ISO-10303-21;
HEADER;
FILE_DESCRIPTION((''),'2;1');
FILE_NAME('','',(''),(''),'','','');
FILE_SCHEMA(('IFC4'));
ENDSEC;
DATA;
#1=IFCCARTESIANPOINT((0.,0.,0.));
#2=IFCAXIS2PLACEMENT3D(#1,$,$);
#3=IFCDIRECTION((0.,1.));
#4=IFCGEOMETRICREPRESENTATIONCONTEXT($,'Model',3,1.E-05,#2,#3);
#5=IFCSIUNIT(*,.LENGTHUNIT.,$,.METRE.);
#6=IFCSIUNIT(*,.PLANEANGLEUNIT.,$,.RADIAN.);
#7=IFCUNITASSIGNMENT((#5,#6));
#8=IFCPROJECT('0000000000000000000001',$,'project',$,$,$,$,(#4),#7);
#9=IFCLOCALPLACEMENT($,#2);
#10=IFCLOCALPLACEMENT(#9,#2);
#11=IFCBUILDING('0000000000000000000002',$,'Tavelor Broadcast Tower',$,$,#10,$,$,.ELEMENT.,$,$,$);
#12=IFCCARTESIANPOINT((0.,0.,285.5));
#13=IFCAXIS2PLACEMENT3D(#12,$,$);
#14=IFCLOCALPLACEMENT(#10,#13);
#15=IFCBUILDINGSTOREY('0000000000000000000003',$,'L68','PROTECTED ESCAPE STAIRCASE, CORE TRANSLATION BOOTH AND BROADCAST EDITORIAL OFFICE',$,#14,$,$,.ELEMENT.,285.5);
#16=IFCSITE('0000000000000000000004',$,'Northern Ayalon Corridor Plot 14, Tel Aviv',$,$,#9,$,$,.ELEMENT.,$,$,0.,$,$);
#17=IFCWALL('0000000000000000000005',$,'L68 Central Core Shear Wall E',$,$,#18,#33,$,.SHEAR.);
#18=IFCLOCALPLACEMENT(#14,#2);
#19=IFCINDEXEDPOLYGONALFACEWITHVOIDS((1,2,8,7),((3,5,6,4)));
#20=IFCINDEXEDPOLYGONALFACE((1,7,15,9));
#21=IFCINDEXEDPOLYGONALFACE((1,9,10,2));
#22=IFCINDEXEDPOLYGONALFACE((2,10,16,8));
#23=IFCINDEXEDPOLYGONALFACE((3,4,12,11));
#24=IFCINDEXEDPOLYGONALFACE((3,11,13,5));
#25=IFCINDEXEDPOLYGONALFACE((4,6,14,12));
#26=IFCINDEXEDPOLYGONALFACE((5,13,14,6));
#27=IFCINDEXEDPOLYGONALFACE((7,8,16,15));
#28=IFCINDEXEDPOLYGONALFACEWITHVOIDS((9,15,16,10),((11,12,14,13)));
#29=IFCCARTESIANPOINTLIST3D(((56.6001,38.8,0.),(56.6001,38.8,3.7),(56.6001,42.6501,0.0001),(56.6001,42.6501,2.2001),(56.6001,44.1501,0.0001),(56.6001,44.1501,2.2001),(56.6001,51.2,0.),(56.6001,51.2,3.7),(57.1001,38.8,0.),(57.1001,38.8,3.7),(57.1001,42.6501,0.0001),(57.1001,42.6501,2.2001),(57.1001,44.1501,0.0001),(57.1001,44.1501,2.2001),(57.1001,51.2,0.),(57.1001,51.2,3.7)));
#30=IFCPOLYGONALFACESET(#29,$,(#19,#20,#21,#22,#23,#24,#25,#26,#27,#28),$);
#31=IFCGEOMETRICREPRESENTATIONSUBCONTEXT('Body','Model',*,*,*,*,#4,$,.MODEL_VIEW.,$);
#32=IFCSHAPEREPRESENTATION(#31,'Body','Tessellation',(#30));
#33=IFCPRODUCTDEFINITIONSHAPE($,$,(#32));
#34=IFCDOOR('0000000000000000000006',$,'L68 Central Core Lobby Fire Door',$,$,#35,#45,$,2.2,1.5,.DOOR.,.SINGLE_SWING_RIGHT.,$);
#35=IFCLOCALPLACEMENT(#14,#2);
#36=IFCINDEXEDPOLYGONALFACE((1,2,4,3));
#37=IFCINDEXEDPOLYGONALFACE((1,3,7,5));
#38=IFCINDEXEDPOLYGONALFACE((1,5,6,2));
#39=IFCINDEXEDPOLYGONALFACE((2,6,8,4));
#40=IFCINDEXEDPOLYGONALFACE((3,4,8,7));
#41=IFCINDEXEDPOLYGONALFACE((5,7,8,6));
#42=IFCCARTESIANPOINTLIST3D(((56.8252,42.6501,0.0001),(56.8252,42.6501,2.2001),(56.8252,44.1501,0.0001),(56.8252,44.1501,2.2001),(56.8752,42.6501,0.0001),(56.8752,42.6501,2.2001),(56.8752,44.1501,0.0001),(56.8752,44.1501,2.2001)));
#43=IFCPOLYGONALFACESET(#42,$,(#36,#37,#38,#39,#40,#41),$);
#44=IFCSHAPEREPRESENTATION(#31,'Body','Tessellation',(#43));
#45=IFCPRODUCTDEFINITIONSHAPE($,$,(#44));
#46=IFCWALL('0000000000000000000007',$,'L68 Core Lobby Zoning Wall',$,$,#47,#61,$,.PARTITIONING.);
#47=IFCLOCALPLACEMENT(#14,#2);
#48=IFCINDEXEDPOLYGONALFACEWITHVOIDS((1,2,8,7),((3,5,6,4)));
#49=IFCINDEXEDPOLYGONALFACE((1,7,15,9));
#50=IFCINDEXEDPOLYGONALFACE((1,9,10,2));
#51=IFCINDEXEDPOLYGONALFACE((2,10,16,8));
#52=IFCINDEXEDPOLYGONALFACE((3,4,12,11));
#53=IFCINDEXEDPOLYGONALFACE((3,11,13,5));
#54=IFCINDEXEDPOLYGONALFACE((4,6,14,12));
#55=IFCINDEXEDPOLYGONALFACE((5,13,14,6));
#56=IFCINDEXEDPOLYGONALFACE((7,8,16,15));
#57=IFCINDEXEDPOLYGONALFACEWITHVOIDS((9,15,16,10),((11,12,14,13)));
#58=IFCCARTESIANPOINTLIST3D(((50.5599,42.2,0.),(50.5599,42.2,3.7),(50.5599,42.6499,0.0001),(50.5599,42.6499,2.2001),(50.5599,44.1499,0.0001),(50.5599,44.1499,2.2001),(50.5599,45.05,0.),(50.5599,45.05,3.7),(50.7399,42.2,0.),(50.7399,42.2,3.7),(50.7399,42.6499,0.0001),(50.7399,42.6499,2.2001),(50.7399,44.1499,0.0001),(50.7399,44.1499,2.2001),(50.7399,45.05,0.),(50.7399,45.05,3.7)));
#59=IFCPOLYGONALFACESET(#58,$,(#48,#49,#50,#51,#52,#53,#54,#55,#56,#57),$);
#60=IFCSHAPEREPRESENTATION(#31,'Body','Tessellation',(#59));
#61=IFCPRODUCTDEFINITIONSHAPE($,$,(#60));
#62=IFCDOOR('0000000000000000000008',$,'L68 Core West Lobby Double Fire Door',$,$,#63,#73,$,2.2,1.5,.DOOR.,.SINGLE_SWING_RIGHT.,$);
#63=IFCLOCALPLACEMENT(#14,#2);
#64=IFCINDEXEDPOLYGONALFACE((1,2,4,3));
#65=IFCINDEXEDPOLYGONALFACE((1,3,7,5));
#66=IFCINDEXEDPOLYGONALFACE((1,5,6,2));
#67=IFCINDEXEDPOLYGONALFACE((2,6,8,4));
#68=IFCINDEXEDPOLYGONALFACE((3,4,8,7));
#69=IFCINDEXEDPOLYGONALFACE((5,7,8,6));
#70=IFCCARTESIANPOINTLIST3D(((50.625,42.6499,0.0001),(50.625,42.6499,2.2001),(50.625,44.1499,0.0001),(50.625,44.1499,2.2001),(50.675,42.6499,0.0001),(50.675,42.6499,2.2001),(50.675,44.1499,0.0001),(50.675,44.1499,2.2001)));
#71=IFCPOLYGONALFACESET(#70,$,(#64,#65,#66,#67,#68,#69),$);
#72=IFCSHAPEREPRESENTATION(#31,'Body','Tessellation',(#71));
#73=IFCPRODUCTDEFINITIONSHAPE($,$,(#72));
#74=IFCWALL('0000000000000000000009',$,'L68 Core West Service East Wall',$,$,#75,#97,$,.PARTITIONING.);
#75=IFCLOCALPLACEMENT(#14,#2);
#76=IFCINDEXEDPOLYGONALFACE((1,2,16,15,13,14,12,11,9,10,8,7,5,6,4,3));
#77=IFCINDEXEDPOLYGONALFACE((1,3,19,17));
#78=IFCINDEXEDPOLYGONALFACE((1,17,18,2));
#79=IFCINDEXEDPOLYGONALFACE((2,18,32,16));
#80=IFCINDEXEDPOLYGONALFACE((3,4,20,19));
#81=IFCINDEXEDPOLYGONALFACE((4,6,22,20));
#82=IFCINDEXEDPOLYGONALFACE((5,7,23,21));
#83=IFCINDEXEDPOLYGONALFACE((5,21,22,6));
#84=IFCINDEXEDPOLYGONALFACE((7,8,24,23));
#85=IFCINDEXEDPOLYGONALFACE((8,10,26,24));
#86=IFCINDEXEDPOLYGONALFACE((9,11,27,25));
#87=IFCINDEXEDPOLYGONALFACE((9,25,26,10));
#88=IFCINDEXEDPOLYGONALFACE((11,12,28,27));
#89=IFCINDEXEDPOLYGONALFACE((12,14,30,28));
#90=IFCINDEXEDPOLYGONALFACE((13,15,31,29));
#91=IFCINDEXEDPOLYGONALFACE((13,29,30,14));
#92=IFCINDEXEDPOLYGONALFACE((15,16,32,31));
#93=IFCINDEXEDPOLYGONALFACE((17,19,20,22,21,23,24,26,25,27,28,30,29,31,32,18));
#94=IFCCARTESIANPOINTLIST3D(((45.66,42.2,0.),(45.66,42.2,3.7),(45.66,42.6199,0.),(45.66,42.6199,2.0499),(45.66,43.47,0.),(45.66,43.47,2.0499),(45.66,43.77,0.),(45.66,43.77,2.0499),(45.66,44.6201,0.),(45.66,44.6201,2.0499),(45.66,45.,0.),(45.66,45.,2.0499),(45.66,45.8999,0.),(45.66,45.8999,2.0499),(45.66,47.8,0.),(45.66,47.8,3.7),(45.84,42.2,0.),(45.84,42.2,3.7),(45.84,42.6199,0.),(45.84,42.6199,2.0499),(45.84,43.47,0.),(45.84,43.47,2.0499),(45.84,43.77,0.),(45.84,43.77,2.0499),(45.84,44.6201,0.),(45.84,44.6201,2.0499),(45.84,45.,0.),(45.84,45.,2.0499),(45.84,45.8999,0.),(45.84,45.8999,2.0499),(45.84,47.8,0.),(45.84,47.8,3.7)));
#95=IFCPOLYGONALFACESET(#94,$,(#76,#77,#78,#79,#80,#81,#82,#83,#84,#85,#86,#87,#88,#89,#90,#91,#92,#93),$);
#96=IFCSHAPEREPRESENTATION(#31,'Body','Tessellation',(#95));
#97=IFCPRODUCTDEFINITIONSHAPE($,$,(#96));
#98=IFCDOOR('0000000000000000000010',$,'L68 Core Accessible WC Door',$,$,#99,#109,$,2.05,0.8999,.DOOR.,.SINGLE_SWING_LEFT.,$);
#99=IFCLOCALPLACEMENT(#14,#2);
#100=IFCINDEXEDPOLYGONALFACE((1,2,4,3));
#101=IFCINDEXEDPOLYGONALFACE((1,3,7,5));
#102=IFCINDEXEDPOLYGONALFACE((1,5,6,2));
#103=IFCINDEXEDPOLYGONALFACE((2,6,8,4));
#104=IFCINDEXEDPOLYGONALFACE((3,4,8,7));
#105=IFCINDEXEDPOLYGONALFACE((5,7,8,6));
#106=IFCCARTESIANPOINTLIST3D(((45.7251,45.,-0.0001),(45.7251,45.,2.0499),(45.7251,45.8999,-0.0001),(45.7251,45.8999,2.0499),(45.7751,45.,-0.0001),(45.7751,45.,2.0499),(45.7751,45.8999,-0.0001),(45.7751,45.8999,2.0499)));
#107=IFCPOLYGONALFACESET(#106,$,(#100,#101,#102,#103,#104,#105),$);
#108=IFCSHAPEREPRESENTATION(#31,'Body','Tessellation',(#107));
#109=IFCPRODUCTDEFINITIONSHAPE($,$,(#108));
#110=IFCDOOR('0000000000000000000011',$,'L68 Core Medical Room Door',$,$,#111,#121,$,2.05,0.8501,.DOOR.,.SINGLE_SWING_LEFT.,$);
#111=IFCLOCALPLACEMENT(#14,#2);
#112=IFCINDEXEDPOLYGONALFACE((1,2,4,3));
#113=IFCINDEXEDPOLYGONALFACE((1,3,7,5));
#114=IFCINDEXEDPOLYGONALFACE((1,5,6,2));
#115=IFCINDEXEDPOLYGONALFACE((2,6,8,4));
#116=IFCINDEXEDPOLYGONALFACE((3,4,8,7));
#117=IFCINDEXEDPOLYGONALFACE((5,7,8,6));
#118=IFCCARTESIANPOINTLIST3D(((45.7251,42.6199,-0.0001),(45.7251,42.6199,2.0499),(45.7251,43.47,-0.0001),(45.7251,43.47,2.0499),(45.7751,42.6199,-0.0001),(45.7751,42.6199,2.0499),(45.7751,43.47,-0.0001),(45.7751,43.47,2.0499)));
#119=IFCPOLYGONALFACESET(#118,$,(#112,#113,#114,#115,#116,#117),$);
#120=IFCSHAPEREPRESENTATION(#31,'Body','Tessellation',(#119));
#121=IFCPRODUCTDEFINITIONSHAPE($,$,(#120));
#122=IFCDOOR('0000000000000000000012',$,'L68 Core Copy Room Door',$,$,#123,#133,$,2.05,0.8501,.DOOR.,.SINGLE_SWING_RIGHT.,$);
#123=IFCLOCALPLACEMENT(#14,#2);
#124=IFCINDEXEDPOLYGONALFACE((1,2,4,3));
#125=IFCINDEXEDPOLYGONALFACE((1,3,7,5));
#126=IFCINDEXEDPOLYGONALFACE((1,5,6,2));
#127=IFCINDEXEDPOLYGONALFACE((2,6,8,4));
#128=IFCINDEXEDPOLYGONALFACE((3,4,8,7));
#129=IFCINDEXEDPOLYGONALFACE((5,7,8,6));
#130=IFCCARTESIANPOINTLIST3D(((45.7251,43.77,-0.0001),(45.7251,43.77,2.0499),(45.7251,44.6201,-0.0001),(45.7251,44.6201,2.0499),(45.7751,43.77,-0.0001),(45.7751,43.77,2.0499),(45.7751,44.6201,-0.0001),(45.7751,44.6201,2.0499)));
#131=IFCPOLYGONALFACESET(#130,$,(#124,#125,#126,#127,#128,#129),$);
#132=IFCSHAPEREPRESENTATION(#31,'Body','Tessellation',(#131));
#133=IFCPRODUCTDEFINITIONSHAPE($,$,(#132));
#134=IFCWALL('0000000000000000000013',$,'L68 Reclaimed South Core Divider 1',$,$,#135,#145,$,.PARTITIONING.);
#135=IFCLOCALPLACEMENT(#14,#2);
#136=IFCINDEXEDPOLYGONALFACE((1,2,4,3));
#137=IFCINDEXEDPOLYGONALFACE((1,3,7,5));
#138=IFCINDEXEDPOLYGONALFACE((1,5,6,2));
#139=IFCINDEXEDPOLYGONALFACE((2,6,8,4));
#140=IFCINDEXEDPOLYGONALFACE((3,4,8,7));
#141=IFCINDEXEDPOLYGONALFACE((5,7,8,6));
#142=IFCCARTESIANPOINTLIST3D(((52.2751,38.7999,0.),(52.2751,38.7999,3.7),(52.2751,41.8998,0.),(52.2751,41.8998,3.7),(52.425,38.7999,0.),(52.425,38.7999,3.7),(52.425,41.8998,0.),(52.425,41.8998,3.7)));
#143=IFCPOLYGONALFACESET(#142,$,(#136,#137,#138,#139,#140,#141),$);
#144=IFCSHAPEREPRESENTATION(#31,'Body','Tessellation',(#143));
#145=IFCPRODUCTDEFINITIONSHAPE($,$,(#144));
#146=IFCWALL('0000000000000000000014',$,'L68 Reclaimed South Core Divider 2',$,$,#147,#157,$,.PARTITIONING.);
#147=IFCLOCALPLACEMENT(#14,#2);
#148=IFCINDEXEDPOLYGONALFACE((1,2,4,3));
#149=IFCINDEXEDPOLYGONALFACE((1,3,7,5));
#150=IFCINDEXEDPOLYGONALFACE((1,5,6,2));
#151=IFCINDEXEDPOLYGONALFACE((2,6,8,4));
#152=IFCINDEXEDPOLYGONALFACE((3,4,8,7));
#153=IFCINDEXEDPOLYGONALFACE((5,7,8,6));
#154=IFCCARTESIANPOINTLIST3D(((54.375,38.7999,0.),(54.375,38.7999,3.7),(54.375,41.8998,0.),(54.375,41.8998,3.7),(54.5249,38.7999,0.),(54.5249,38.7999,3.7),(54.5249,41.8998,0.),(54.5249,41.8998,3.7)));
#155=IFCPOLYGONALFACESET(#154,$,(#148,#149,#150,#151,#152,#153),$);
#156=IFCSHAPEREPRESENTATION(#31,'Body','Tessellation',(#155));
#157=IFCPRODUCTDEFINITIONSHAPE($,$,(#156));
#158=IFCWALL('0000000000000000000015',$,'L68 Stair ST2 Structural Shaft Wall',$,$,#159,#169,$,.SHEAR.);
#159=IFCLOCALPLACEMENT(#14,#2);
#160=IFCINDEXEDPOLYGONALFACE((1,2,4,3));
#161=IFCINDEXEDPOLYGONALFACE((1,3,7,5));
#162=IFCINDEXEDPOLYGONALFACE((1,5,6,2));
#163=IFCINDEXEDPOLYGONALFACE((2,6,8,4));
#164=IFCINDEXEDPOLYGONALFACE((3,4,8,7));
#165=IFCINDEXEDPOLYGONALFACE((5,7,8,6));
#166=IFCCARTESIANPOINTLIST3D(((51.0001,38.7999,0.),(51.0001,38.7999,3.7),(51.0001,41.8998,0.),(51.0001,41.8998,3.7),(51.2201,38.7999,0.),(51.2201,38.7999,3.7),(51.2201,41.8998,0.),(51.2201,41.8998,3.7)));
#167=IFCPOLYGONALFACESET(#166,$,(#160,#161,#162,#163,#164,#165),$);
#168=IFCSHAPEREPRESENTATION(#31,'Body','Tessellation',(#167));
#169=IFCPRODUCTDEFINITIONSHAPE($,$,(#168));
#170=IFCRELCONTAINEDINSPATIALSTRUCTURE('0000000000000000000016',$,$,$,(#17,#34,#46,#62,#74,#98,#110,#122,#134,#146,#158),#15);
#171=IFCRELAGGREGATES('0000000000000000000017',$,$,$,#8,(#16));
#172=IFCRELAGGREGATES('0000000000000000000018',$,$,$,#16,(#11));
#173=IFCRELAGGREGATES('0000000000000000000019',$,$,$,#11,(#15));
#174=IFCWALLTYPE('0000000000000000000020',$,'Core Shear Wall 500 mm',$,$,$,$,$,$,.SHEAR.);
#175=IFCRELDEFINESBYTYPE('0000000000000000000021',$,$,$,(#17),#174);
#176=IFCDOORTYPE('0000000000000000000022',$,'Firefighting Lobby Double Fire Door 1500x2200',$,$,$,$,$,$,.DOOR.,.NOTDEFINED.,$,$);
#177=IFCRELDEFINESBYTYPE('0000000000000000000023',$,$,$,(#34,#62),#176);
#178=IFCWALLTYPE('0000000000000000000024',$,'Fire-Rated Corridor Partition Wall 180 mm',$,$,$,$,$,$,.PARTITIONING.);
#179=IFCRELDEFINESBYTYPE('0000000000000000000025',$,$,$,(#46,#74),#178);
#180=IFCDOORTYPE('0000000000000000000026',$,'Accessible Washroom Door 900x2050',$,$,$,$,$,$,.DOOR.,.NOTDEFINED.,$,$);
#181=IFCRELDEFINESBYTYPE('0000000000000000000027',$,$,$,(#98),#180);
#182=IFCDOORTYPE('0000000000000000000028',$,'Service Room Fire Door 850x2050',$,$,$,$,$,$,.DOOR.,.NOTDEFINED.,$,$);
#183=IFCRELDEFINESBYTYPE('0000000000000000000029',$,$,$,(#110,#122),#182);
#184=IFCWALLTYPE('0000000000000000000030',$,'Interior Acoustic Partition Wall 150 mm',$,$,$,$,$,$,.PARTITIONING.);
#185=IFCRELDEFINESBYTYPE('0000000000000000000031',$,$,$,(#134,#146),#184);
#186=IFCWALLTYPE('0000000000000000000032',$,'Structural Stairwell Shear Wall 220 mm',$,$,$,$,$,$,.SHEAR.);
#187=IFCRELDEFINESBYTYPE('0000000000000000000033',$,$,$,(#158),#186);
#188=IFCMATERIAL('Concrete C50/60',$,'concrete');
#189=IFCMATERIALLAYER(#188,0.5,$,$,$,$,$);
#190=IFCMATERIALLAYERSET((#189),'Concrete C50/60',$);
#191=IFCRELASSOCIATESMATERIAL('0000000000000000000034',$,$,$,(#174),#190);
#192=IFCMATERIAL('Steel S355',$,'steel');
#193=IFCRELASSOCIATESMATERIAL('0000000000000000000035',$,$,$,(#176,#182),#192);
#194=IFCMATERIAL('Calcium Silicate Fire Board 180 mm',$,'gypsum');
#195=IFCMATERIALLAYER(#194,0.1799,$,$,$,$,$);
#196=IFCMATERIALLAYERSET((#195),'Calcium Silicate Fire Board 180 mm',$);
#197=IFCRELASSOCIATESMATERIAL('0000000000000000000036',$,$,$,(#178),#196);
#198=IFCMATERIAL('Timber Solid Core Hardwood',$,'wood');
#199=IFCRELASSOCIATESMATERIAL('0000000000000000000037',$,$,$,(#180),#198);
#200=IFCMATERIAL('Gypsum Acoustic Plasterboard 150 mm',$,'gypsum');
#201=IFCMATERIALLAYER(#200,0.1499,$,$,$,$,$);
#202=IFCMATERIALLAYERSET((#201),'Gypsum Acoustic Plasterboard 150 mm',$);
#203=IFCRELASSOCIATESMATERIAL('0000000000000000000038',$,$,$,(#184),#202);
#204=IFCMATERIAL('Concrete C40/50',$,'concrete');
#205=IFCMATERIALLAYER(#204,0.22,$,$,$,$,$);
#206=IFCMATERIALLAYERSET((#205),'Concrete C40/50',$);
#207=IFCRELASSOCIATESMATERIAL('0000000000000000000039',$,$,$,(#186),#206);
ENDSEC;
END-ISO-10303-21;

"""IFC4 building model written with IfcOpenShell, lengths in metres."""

from ifc_helpers import new_model, si_unit, direction, frame, frame_2d, origin, place, context, subcontext, project, spatial, rectangle, extrude, material, layer, layer_set, type_object, element, fill, save


model = new_model("IFC4")

# Units and contexts
model_context = context("Model", 3, precision=1e-05, world=origin(), true_north=direction((0.0, 1.0)))
body_context = subcontext(model_context, "Body", "Model", "MODEL_VIEW")
ifc_project = project(units=[si_unit("LENGTHUNIT", "METRE"), si_unit("PLANEANGLEUNIT", "RADIAN")], contexts=[model_context])

# Site, building, storey
site_placement = place(None, origin())
site = spatial("IfcSite", under=ifc_project, at=site_placement, Name="Northern Ayalon Corridor Plot 14, Tel Aviv", CompositionType="ELEMENT", RefElevation=0.0)
building_placement = place(site_placement, origin())
building = spatial("IfcBuilding", under=site, at=building_placement, Name="Tavelor Broadcast Tower", CompositionType="ELEMENT")
storey_placement = place(building_placement, frame((0.0, 0.0, 285.5)))
storey = spatial("IfcBuildingStorey", under=building, at=storey_placement, Name="L68", Description="PROTECTED ESCAPE STAIRCASE, CORE TRANSLATION BOOTH AND BROADCAST EDITORIAL OFFICE", CompositionType="ELEMENT", Elevation=285.5)

# Shared definitions
ifc_material_1 = material(Name="Concrete C50/60", Category="concrete")

# Shared definitions
ifc_material_2 = material(Name="Concrete C40/50", Category="concrete")
ifc_material_3 = material(Name="Steel S355", Category="steel")

# Walls, openings, doors
ifc_layer_1 = layer(ifc_material_1, 0.5)
ifc_layer_set_1 = layer_set([ifc_layer_1], Name="Concrete C50/60")
wall_type_1 = type_object("IfcWallType", Name="Core Shear Wall 500 mm", PredefinedType="SHEAR", material=ifc_layer_set_1)
wall_1_placement = place(storey_placement, frame((56.8501, 38.8, 0.0), z_axis=(0.0, 0.0, 1.0), x_axis=(0.0, 1.0, 0.0)))
wall_1 = element("IfcWall", 1, at=wall_1_placement, inside=storey, type_object=wall_type_1, Name="L68 Central Core Shear Wall E", PredefinedType="SHEAR", context=body_context, shape_type="SweptSolid", body=[
    extrude(rectangle(XDim=12.3999, YDim=0.5, at=frame_2d((6.2, 0.0))), origin(), (0.0, 0.0, 1.0), 3.7),
])
opening_1_placement = place(wall_1_placement, frame((3.8501, 0.0, 0.0)))
opening_1 = element("IfcOpeningElement", 2, at=opening_1_placement, cuts=wall_1, PredefinedType="OPENING", context=body_context, shape_type="SweptSolid", body=[
    extrude(rectangle(XDim=1.5, YDim=2.2, at=frame_2d((0.75, 1.1001))), frame((0.0, 0.26, 0.0), z_axis=(0.0, -1.0, 0.0), x_axis=(1.0, 0.0, 0.0)), (0.0, 0.0, 1.0), 0.52),
])
door_type_1 = type_object("IfcDoorType", Name="Firefighting Lobby Double Fire Door 1500x2200", OperationType="NOTDEFINED", PredefinedType="DOOR", material=ifc_material_3)
door_1_placement = place(opening_1_placement, origin())
door_1 = element("IfcDoor", 3, at=door_1_placement, inside=storey, type_object=door_type_1, Name="L68 Central Core Lobby Fire Door", OperationType="SINGLE_SWING_RIGHT", OverallHeight=2.2, OverallWidth=1.5, PredefinedType="DOOR", context=body_context, shape_type="SweptSolid", body=[
    extrude(rectangle(XDim=1.5, YDim=2.2, at=frame_2d((0.75, 1.1001))), frame((0.0, 0.0249, 0.0), z_axis=(0.0, -1.0, 0.0), x_axis=(1.0, 0.0, 0.0)), (0.0, 0.0, 1.0), 0.05),
])
fill(opening_1, door_1)
ifc_material_4 = material(Name="Calcium Silicate Fire Board 180 mm", Category="gypsum")
ifc_layer_2 = layer(ifc_material_4, 0.1799)
ifc_layer_set_2 = layer_set([ifc_layer_2], Name="Calcium Silicate Fire Board 180 mm")
wall_type_2 = type_object("IfcWallType", Name="Fire-Rated Corridor Partition Wall 180 mm", PredefinedType="PARTITIONING", material=ifc_layer_set_2)
wall_2_placement = place(storey_placement, frame((50.6499, 42.2, 0.0), z_axis=(0.0, 0.0, 1.0), x_axis=(0.0, 1.0, 0.0)))
wall_2 = element("IfcWall", 4, at=wall_2_placement, inside=storey, type_object=wall_type_2, Name="L68 Core Lobby Zoning Wall", PredefinedType="PARTITIONING", context=body_context, shape_type="SweptSolid", body=[
    extrude(rectangle(XDim=2.8501, YDim=0.1799, at=frame_2d((1.425, 0.0))), origin(), (0.0, 0.0, 1.0), 3.7),
])
opening_2_placement = place(wall_2_placement, frame((0.45, 0.0, 0.0)))
opening_2 = element("IfcOpeningElement", 5, at=opening_2_placement, cuts=wall_2, PredefinedType="OPENING", context=body_context, shape_type="SweptSolid", body=[
    extrude(rectangle(XDim=1.5, YDim=2.2, at=frame_2d((0.75, 1.1001))), frame((0.0, 0.1001, 0.0), z_axis=(0.0, -1.0, 0.0), x_axis=(1.0, 0.0, 0.0)), (0.0, 0.0, 1.0), 0.2),
])
door_2_placement = place(opening_2_placement, origin())
door_2 = element("IfcDoor", 6, at=door_2_placement, inside=storey, type_object=door_type_1, Name="L68 Core West Lobby Double Fire Door", OperationType="SINGLE_SWING_RIGHT", OverallHeight=2.2, OverallWidth=1.5, PredefinedType="DOOR", context=body_context, shape_type="SweptSolid", body=[
    extrude(rectangle(XDim=1.5, YDim=2.2, at=frame_2d((0.75, 1.1001))), frame((0.0, 0.0249, 0.0), z_axis=(0.0, -1.0, 0.0), x_axis=(1.0, 0.0, 0.0)), (0.0, 0.0, 1.0), 0.05),
])
fill(opening_2, door_2)

# Wall, openings, doors
wall_3_placement = place(storey_placement, frame((45.75, 42.2, 0.0), z_axis=(0.0, 0.0, 1.0), x_axis=(0.0, 1.0, 0.0)))
wall_3 = element("IfcWall", 7, at=wall_3_placement, inside=storey, type_object=wall_type_2, Name="L68 Core West Service East Wall", PredefinedType="PARTITIONING", context=body_context, shape_type="SweptSolid", body=[
    extrude(rectangle(XDim=5.6001, YDim=0.1799, at=frame_2d((2.8, 0.0))), origin(), (0.0, 0.0, 1.0), 3.7),
])
opening_3_placement = place(wall_3_placement, frame((0.4199, 0.0, 0.0)))
opening_3 = element("IfcOpeningElement", 8, at=opening_3_placement, cuts=wall_3, PredefinedType="OPENING", context=body_context, shape_type="SweptSolid", body=[
    extrude(rectangle(XDim=0.8501, YDim=2.05, at=frame_2d((0.425, 1.0249))), frame((0.0, 0.1001, 0.0), z_axis=(0.0, -1.0, 0.0), x_axis=(1.0, 0.0, 0.0)), (0.0, 0.0, 1.0), 0.2),
])
opening_4_placement = place(wall_3_placement, frame((1.5701, 0.0, 0.0)))
opening_4 = element("IfcOpeningElement", 9, at=opening_4_placement, cuts=wall_3, PredefinedType="OPENING", context=body_context, shape_type="SweptSolid", body=[
    extrude(rectangle(XDim=0.8501, YDim=2.05, at=frame_2d((0.425, 1.0249))), frame((0.0, 0.1001, 0.0), z_axis=(0.0, -1.0, 0.0), x_axis=(1.0, 0.0, 0.0)), (0.0, 0.0, 1.0), 0.2),
])
opening_5_placement = place(wall_3_placement, frame((2.8, 0.0, 0.0)))
opening_5 = element("IfcOpeningElement", 10, at=opening_5_placement, cuts=wall_3, PredefinedType="OPENING", context=body_context, shape_type="SweptSolid", body=[
    extrude(rectangle(XDim=0.8999, YDim=2.05, at=frame_2d((0.45, 1.0249))), frame((0.0, 0.1001, 0.0), z_axis=(0.0, -1.0, 0.0), x_axis=(1.0, 0.0, 0.0)), (0.0, 0.0, 1.0), 0.2),
])
ifc_material_5 = material(Name="Timber Solid Core Hardwood", Category="wood")
door_type_2 = type_object("IfcDoorType", Name="Accessible Washroom Door 900x2050", OperationType="NOTDEFINED", PredefinedType="DOOR", material=ifc_material_5)
door_3_placement = place(opening_5_placement, origin())
door_3 = element("IfcDoor", 11, at=door_3_placement, inside=storey, type_object=door_type_2, Name="L68 Core Accessible WC Door", OperationType="SINGLE_SWING_LEFT", OverallHeight=2.05, OverallWidth=0.8999, PredefinedType="DOOR", context=body_context, shape_type="SweptSolid", body=[
    extrude(rectangle(XDim=0.8999, YDim=2.05, at=frame_2d((0.45, 1.0249))), frame((0.0, 0.0249, 0.0), z_axis=(0.0, -1.0, 0.0), x_axis=(1.0, 0.0, 0.0)), (0.0, 0.0, 1.0), 0.05),
])
fill(opening_5, door_3)
door_type_3 = type_object("IfcDoorType", Name="Service Room Fire Door 850x2050", OperationType="NOTDEFINED", PredefinedType="DOOR", material=ifc_material_3)
door_4_placement = place(opening_3_placement, origin())
door_4 = element("IfcDoor", 12, at=door_4_placement, inside=storey, type_object=door_type_3, Name="L68 Core Medical Room Door", OperationType="SINGLE_SWING_LEFT", OverallHeight=2.05, OverallWidth=0.8501, PredefinedType="DOOR", context=body_context, shape_type="SweptSolid", body=[
    extrude(rectangle(XDim=0.8501, YDim=2.05, at=frame_2d((0.425, 1.0249))), frame((0.0, 0.0249, 0.0), z_axis=(0.0, -1.0, 0.0), x_axis=(1.0, 0.0, 0.0)), (0.0, 0.0, 1.0), 0.05),
])
fill(opening_3, door_4)
door_5_placement = place(opening_4_placement, origin())
door_5 = element("IfcDoor", 13, at=door_5_placement, inside=storey, type_object=door_type_3, Name="L68 Core Copy Room Door", OperationType="SINGLE_SWING_RIGHT", OverallHeight=2.05, OverallWidth=0.8501, PredefinedType="DOOR", context=body_context, shape_type="SweptSolid", body=[
    extrude(rectangle(XDim=0.8501, YDim=2.05, at=frame_2d((0.425, 1.0249))), frame((0.0, 0.0249, 0.0), z_axis=(0.0, -1.0, 0.0), x_axis=(1.0, 0.0, 0.0)), (0.0, 0.0, 1.0), 0.05),
])
fill(opening_4, door_5)

# Walls
ifc_material_6 = material(Name="Gypsum Acoustic Plasterboard 150 mm", Category="gypsum")
ifc_layer_3 = layer(ifc_material_6, 0.1499)
ifc_layer_set_3 = layer_set([ifc_layer_3], Name="Gypsum Acoustic Plasterboard 150 mm")
wall_type_3 = type_object("IfcWallType", Name="Interior Acoustic Partition Wall 150 mm", PredefinedType="PARTITIONING", material=ifc_layer_set_3)
for number, where, z_axis, x_axis, name in (
    (14, (52.3501, 38.8, 0.0), (0.0, 0.0, 1.0), (0.0, 1.0, 0.0), "L68 Reclaimed South Core Divider 1"),
    (15, (54.45, 38.8, 0.0), (0.0, 0.0, 1.0), (0.0, 1.0, 0.0), "L68 Reclaimed South Core Divider 2"),
):
    element("IfcWall", number, at=place(storey_placement, frame(where, z_axis=z_axis, x_axis=x_axis)), inside=storey, type_object=wall_type_3, Name=name, PredefinedType="PARTITIONING", context=body_context, shape_type="SweptSolid", body=[
        extrude(rectangle(XDim=3.0999, YDim=0.1499, at=frame_2d((1.5498, 0.0))), origin(), (0.0, 0.0, 1.0), 3.7),
    ])
ifc_layer_4 = layer(ifc_material_2, 0.22)
ifc_layer_set_4 = layer_set([ifc_layer_4], Name="Concrete C40/50")
wall_type_4 = type_object("IfcWallType", Name="Structural Stairwell Shear Wall 220 mm", PredefinedType="SHEAR", material=ifc_layer_set_4)
wall_4_placement = place(storey_placement, frame((51.1101, 38.8, 0.0), z_axis=(0.0, 0.0, 1.0), x_axis=(0.0, 1.0, 0.0)))
element("IfcWall", 16, at=wall_4_placement, inside=storey, type_object=wall_type_4, Name="L68 Stair ST2 Structural Shaft Wall", PredefinedType="SHEAR", context=body_context, shape_type="SweptSolid", body=[
    extrude(rectangle(XDim=3.0999, YDim=0.22, at=frame_2d((1.5498, 0.0))), origin(), (0.0, 0.0, 1.0), 3.7),
])

save(model, "model.ifc")
